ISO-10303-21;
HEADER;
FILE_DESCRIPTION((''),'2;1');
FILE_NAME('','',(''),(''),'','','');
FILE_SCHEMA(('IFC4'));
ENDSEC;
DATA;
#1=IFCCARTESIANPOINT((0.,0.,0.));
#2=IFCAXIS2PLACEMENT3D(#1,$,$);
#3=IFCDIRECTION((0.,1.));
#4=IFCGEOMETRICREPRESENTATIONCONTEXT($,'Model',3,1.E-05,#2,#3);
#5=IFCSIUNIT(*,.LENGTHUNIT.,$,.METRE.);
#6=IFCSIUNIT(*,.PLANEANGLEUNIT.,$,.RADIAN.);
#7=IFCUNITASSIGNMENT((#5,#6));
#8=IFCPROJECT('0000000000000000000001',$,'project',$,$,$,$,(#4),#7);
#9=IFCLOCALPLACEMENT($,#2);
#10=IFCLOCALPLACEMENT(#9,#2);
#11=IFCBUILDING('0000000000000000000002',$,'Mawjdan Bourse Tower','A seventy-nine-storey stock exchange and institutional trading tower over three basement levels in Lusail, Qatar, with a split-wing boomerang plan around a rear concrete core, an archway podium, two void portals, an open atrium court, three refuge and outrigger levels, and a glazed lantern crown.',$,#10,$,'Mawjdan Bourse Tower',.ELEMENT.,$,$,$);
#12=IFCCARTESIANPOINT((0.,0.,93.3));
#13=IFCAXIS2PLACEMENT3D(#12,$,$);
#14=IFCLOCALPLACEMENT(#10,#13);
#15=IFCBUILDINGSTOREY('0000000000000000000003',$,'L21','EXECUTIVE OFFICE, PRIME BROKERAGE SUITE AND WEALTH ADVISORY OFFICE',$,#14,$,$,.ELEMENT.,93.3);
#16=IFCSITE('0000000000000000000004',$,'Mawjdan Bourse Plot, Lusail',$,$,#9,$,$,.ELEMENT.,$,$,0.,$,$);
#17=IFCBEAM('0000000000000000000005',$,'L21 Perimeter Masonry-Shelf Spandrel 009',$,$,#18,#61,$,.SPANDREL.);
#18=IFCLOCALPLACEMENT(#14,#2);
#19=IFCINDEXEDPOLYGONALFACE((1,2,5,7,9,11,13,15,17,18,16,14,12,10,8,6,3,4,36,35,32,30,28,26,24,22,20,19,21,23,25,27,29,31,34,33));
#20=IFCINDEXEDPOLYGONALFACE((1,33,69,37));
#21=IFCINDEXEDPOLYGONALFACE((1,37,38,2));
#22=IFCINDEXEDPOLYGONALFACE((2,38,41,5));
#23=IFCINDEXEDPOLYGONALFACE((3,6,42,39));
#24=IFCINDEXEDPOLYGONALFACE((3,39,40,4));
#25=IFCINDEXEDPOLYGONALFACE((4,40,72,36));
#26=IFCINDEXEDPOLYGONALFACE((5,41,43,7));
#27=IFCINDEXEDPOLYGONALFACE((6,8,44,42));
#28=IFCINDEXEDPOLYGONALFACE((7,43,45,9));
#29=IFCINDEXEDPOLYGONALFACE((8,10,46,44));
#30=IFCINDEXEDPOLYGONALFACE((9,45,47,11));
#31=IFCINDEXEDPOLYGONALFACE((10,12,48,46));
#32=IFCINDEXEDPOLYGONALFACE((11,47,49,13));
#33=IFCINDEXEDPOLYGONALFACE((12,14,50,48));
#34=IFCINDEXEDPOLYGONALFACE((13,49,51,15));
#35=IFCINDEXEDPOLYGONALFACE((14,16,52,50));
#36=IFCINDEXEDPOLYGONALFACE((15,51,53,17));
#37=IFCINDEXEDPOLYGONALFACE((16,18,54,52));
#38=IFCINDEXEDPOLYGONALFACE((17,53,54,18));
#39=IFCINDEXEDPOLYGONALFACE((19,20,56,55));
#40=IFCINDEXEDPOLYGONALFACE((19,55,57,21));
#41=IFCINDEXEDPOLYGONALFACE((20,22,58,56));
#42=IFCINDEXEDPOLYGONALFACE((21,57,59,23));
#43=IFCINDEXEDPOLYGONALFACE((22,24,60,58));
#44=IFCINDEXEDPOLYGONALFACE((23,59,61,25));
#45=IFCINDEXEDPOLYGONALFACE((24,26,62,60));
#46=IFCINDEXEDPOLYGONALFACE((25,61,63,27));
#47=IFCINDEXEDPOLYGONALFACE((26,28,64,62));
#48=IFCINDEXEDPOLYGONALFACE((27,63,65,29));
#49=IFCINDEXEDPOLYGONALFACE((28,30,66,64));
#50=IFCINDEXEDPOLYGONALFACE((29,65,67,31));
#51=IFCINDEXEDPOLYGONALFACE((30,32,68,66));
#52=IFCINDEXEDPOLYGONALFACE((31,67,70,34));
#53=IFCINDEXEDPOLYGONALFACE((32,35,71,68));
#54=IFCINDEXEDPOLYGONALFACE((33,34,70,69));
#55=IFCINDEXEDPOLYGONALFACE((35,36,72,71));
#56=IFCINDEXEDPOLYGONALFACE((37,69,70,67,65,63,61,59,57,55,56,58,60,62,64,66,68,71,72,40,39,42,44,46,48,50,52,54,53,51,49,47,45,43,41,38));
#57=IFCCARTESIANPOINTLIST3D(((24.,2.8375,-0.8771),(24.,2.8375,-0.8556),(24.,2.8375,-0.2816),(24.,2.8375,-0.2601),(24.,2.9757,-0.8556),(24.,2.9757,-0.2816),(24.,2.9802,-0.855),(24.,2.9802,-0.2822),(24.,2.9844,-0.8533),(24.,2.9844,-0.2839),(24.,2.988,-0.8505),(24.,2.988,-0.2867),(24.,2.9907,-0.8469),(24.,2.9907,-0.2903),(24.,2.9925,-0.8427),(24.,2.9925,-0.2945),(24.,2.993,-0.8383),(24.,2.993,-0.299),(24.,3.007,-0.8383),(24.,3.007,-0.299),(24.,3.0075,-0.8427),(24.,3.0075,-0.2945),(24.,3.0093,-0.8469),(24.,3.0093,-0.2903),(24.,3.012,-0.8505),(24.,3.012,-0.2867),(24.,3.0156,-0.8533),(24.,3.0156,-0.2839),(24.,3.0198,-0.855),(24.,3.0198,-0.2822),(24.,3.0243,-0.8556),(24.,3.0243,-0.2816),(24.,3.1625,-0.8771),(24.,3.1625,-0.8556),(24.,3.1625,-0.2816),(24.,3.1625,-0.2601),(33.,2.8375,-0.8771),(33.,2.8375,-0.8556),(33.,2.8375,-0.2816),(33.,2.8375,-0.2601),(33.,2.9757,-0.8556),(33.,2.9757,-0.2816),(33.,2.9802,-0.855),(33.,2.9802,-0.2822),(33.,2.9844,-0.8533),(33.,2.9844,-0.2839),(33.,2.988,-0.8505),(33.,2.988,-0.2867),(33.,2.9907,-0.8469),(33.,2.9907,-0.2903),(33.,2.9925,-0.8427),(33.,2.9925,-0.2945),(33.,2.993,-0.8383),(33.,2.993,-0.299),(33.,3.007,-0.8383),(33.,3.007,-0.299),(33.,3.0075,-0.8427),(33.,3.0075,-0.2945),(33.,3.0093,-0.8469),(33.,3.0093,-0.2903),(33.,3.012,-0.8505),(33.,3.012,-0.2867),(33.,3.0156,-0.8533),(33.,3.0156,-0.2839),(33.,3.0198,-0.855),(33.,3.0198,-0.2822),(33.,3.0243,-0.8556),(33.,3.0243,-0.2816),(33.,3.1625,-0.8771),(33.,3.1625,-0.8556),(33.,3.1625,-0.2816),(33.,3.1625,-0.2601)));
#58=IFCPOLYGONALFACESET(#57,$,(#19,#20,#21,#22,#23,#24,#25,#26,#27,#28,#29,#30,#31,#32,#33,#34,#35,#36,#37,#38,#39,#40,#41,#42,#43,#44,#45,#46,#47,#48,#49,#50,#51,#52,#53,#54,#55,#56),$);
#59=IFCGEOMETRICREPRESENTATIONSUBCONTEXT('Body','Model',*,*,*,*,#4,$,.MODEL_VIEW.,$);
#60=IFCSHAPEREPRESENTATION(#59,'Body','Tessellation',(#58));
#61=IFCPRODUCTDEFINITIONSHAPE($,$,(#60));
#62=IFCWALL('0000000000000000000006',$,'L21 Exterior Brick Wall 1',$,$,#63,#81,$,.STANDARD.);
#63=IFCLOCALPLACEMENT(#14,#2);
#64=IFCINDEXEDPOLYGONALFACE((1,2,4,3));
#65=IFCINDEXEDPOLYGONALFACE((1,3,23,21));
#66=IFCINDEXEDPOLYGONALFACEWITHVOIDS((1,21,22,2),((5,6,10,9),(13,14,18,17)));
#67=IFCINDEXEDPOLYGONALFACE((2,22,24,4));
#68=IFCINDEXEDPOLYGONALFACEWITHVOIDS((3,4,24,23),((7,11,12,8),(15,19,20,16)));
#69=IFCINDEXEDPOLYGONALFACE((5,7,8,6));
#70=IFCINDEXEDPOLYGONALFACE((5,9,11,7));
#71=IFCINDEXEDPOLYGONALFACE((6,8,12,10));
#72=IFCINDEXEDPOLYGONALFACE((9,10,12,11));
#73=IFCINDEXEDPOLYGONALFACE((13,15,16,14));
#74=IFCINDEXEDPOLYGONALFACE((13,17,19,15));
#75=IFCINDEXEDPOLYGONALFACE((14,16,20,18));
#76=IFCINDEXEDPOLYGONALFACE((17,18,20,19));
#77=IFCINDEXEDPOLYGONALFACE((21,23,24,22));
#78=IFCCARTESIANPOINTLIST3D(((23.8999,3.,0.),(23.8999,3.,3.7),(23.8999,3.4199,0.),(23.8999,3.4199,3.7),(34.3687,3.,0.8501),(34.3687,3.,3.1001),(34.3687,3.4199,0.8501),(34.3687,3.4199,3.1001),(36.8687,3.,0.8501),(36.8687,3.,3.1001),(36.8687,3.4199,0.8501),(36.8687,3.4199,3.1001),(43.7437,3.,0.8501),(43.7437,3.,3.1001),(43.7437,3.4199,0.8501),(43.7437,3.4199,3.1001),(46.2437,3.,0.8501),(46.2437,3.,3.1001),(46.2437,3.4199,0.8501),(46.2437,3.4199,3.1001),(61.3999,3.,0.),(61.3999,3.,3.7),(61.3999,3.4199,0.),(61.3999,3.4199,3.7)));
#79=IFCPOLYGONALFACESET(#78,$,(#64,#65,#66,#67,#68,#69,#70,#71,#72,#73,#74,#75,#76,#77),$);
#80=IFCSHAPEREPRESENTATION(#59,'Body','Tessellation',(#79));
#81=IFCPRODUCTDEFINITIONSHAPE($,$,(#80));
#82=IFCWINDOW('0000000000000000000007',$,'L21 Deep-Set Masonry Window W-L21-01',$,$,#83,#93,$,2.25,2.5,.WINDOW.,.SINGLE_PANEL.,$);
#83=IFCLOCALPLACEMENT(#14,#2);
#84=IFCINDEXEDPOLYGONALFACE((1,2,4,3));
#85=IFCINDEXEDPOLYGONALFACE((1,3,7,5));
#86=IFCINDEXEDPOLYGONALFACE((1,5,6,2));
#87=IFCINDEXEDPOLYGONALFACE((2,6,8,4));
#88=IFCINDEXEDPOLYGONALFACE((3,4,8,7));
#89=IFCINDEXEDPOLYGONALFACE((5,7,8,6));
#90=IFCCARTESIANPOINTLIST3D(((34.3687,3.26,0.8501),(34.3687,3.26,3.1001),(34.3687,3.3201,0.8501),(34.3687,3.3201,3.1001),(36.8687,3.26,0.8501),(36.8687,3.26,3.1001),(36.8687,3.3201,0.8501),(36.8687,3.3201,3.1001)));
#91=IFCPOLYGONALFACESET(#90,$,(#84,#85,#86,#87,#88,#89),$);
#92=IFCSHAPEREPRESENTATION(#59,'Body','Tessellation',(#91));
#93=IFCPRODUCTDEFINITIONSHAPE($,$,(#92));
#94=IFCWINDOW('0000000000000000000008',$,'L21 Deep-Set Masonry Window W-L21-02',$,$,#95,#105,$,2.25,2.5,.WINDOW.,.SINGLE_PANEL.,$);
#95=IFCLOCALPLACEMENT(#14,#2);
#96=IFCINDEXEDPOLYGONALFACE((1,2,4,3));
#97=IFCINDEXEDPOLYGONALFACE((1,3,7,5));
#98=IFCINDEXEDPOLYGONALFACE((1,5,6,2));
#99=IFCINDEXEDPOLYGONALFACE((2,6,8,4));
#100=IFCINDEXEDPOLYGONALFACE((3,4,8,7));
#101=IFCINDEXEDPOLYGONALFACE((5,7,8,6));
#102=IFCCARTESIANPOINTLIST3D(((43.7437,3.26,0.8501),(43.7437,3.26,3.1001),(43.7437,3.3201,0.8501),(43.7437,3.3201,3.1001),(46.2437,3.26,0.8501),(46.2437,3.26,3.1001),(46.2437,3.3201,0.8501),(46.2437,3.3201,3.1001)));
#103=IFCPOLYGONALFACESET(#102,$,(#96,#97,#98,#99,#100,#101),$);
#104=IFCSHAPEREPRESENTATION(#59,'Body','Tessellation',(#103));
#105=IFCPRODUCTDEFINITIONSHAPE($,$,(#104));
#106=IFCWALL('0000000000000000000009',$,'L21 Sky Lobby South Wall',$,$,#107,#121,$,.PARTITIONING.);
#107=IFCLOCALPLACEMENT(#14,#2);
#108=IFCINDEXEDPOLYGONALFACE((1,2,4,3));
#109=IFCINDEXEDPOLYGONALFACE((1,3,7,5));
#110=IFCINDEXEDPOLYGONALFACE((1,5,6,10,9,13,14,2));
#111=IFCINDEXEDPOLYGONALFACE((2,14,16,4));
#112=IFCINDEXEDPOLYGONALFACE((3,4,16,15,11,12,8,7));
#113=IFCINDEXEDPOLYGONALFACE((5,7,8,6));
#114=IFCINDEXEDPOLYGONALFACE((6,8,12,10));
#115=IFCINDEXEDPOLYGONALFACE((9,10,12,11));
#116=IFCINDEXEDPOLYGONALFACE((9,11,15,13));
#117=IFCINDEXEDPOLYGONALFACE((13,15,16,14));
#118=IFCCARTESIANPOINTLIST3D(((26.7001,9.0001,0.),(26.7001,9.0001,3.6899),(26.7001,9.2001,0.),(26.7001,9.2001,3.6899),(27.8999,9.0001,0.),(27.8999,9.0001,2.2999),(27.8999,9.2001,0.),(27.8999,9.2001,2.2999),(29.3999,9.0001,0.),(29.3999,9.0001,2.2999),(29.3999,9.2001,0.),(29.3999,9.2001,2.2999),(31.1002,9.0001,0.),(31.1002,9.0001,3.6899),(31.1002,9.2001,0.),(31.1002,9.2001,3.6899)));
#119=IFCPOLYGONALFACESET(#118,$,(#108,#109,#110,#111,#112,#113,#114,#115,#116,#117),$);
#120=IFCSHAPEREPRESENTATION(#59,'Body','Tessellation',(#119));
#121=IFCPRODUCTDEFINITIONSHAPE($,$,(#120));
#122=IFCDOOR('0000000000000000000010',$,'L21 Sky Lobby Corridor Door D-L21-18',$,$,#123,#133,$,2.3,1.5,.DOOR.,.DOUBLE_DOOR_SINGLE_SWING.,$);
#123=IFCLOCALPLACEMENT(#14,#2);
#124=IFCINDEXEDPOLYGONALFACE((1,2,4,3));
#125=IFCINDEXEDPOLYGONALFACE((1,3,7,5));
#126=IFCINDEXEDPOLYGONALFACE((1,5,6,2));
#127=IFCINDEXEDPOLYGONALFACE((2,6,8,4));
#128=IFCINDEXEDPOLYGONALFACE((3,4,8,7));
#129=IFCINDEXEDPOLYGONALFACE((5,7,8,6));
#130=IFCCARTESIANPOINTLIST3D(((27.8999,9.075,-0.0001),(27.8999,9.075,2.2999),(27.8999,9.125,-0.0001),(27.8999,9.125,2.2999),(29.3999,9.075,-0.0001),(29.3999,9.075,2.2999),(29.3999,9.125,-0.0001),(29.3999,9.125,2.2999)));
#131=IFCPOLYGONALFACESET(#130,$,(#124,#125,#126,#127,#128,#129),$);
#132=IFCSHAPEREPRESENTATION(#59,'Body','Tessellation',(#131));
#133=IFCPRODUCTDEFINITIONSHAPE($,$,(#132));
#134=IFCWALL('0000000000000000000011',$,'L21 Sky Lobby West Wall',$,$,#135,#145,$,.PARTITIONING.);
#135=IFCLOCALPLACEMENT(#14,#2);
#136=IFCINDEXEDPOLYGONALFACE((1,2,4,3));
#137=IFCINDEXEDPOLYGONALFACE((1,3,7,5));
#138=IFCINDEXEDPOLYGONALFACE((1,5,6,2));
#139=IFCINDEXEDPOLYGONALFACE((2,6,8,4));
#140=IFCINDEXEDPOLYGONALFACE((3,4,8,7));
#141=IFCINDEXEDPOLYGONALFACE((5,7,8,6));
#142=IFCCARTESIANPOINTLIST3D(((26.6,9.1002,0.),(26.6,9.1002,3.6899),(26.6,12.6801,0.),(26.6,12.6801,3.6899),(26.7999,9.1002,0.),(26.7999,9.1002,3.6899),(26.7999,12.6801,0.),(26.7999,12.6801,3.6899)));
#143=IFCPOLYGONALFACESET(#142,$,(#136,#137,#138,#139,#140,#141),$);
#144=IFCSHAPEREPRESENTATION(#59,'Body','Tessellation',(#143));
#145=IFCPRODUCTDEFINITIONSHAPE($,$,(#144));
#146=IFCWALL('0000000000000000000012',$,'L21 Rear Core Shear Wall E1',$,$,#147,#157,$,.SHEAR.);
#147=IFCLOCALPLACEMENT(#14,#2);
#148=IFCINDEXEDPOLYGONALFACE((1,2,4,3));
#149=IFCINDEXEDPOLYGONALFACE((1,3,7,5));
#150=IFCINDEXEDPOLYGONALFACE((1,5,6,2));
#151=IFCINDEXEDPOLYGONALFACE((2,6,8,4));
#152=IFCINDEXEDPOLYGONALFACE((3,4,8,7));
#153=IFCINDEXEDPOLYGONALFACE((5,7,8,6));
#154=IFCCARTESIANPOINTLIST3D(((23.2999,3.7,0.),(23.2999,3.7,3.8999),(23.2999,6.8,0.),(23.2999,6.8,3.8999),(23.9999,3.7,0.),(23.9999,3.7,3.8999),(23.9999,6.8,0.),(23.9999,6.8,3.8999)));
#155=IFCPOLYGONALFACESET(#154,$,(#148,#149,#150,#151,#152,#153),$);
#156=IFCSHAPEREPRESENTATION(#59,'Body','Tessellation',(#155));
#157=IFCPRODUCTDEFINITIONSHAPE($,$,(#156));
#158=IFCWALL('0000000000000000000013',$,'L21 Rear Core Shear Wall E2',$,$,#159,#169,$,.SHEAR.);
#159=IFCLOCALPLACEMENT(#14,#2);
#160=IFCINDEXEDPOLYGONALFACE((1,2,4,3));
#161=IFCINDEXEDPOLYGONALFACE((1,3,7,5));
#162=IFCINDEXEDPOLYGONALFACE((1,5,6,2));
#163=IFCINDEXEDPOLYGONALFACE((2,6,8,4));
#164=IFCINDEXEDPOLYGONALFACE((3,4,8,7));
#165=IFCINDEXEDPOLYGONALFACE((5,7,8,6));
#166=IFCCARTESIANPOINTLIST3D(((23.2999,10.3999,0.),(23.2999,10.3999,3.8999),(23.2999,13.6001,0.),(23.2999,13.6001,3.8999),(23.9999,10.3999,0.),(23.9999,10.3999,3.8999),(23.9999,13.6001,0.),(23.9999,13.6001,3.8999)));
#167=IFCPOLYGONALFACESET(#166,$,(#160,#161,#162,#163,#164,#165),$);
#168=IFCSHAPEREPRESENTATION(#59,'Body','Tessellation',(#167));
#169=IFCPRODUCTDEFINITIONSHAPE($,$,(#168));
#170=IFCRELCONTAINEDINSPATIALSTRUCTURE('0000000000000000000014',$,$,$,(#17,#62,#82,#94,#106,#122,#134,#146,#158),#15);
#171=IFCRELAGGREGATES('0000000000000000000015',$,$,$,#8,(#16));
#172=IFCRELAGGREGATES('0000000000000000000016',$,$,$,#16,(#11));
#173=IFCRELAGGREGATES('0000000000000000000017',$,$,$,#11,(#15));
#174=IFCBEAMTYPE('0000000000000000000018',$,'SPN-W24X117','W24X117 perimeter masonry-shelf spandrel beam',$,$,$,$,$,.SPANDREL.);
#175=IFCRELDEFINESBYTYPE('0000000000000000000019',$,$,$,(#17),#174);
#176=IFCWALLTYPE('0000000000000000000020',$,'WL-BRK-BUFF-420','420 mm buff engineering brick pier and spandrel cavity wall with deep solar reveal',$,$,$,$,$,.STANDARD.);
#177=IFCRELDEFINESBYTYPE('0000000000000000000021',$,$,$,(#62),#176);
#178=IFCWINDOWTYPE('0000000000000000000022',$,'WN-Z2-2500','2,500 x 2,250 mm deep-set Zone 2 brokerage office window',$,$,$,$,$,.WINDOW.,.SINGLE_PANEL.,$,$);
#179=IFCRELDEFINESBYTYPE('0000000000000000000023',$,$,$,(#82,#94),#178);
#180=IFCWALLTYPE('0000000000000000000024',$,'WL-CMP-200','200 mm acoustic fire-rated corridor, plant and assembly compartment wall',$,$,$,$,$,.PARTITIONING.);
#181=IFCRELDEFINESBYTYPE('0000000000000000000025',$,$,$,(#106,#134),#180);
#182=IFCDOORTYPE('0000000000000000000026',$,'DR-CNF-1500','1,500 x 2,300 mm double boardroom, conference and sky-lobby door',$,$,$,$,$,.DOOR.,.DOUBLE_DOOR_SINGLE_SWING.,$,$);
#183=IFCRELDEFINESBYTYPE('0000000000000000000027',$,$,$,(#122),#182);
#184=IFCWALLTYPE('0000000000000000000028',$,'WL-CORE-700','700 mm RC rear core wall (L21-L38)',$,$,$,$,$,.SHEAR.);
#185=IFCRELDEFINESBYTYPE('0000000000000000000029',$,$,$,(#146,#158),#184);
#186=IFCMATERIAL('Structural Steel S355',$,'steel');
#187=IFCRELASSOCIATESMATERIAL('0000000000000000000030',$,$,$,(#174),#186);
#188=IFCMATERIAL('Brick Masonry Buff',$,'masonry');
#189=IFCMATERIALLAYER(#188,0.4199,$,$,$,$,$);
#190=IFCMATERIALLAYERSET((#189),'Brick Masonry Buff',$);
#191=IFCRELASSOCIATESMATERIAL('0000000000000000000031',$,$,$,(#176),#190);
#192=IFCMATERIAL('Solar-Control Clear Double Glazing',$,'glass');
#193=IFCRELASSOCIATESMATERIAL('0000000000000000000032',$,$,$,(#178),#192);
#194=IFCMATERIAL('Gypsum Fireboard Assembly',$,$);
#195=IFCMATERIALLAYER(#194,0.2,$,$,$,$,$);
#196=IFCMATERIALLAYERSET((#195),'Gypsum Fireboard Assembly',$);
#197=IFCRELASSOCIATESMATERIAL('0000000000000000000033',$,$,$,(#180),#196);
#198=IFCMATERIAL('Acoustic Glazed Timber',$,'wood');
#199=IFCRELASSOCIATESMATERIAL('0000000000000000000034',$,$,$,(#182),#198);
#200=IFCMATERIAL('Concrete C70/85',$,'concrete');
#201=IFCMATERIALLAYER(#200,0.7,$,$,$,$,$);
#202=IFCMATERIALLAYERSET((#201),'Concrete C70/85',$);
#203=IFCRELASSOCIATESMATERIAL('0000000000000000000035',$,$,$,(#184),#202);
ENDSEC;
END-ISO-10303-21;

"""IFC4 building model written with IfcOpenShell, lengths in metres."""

from ifc_helpers import new_model, si_unit, direction, frame, frame_2d, origin, origin_2d, place, context, subcontext, project, spatial, rectangle, i_section, extrude, material, layer, layer_set, material_profile, profile_set, type_object, element, fill, save


model = new_model("IFC4")

# Units and contexts
model_context = context("Model", 3, precision=1e-05, world=origin(), true_north=direction((0.0, 1.0)))
body_context = subcontext(model_context, "Body", "Model", "MODEL_VIEW")
ifc_project = project(units=[si_unit("LENGTHUNIT", "METRE"), si_unit("PLANEANGLEUNIT", "RADIAN")], contexts=[model_context])

# Site, building, storey
site_placement = place(None, origin())
site = spatial("IfcSite", under=ifc_project, at=site_placement, Name="Mawjdan Bourse Plot, Lusail", CompositionType="ELEMENT", RefElevation=0.0)
building_placement = place(site_placement, origin())
building = spatial("IfcBuilding", under=site, at=building_placement, Name="Mawjdan Bourse Tower", Description="A seventy-nine-storey stock exchange and institutional trading tower over three basement levels in Lusail, Qatar, with a split-wing boomerang plan around a rear concrete core, an archway podium, two void portals, an open atrium court, three refuge and outrigger levels, and a glazed lantern crown.", LongName="Mawjdan Bourse Tower", CompositionType="ELEMENT")
storey_placement = place(building_placement, frame((0.0, 0.0, 93.3)))
storey = spatial("IfcBuildingStorey", under=building, at=storey_placement, Name="L21", Description="EXECUTIVE OFFICE, PRIME BROKERAGE SUITE AND WEALTH ADVISORY OFFICE", CompositionType="ELEMENT", Elevation=93.3)

# Shared definitions
ifc_material_1 = material(Name="Concrete C70/85", Category="concrete")

# Beam
ifc_material_2 = material(Name="Structural Steel S355", Category="steel")
ifc_material_profile_1 = material_profile(ifc_material_2, i_section(OverallWidth=0.325, OverallDepth=0.6169, WebThickness=0.0139, FlangeThickness=0.0215, FilletRadius=0.0173, at=origin_2d()), Name="W24X117")
ifc_profile_set_1 = profile_set([ifc_material_profile_1], Name="Structural Steel S355")
beam_type_1 = type_object("IfcBeamType", Name="SPN-W24X117", Description="W24X117 perimeter masonry-shelf spandrel beam", PredefinedType="SPANDREL", material=ifc_profile_set_1)
beam_1_placement = place(storey_placement, frame((24.0, 3.0, -0.5686), z_axis=(1.0, 0.0, 0.0), x_axis=(0.0, 1.0, 0.0)))
element("IfcBeam", 1, at=beam_1_placement, inside=storey, type_object=beam_type_1, Name="L21 Perimeter Masonry-Shelf Spandrel 009", PredefinedType="SPANDREL", context=body_context, shape_type="SweptSolid", body=[
    extrude(i_section(OverallWidth=0.325, OverallDepth=0.6169, WebThickness=0.0139, FlangeThickness=0.0215, FilletRadius=0.0173, at=origin_2d()), origin(), (0.0, 0.0, 1.0), 9.0),
])

# Wall, openings, windows
ifc_material_3 = material(Name="Brick Masonry Buff", Category="masonry")
ifc_layer_1 = layer(ifc_material_3, 0.4199)
ifc_layer_set_1 = layer_set([ifc_layer_1], Name="Brick Masonry Buff")
wall_type_1 = type_object("IfcWallType", Name="WL-BRK-BUFF-420", Description="420 mm buff engineering brick pier and spandrel cavity wall with deep solar reveal", PredefinedType="STANDARD", material=ifc_layer_set_1)
wall_1_placement = place(storey_placement, frame((23.8999, 3.21, 0.0), z_axis=(0.0, 0.0, 1.0), x_axis=(1.0, 0.0, 0.0)))
wall_1 = element("IfcWall", 2, at=wall_1_placement, inside=storey, type_object=wall_type_1, Name="L21 Exterior Brick Wall 1", PredefinedType="STANDARD", context=body_context, shape_type="SweptSolid", body=[
    extrude(rectangle(XDim=37.5, YDim=0.4199, at=frame_2d((18.75, 0.0))), origin(), (0.0, 0.0, 1.0), 3.7),
])
opening_1_placement = place(wall_1_placement, frame((10.4688, 0.0, 0.8501)))
opening_1 = element("IfcOpeningElement", 3, at=opening_1_placement, cuts=wall_1, PredefinedType="OPENING", context=body_context, shape_type="SweptSolid", body=[
    extrude(rectangle(XDim=2.5, YDim=2.25, at=frame_2d((1.25, 1.125))), frame((0.0, 0.22, 0.0), z_axis=(0.0, -1.0, 0.0), x_axis=(1.0, 0.0, 0.0)), (0.0, 0.0, 1.0), 0.4399),
])
opening_2_placement = place(wall_1_placement, frame((19.8438, 0.0, 0.8501)))
opening_2 = element("IfcOpeningElement", 4, at=opening_2_placement, cuts=wall_1, PredefinedType="OPENING", context=body_context, shape_type="SweptSolid", body=[
    extrude(rectangle(XDim=2.5, YDim=2.25, at=frame_2d((1.25, 1.125))), frame((0.0, 0.22, 0.0), z_axis=(0.0, -1.0, 0.0), x_axis=(1.0, 0.0, 0.0)), (0.0, 0.0, 1.0), 0.4399),
])
ifc_material_4 = material(Name="Solar-Control Clear Double Glazing", Category="glass")
window_type = type_object("IfcWindowType", Name="WN-Z2-2500", Description="2,500 x 2,250 mm deep-set Zone 2 brokerage office window", PartitioningType="SINGLE_PANEL", PredefinedType="WINDOW", material=ifc_material_4)
window_1_placement = place(opening_1_placement, origin())
window_1 = element("IfcWindow", 5, at=window_1_placement, inside=storey, type_object=window_type, Name="L21 Deep-Set Masonry Window W-L21-01", OverallHeight=2.25, OverallWidth=2.5, PartitioningType="SINGLE_PANEL", PredefinedType="WINDOW", context=body_context, shape_type="SweptSolid", body=[
    extrude(rectangle(XDim=2.5, YDim=2.25, at=frame_2d((1.25, 1.125))), frame((0.0, 0.1101, 0.0), z_axis=(0.0, -1.0, 0.0), x_axis=(1.0, 0.0, 0.0)), (0.0, 0.0, 1.0), 0.0601),
])
fill(opening_1, window_1)
window_2_placement = place(opening_2_placement, origin())
window_2 = element("IfcWindow", 6, at=window_2_placement, inside=storey, type_object=window_type, Name="L21 Deep-Set Masonry Window W-L21-02", OverallHeight=2.25, OverallWidth=2.5, PartitioningType="SINGLE_PANEL", PredefinedType="WINDOW", context=body_context, shape_type="SweptSolid", body=[
    extrude(rectangle(XDim=2.5, YDim=2.25, at=frame_2d((1.25, 1.125))), frame((0.0, 0.1101, 0.0), z_axis=(0.0, -1.0, 0.0), x_axis=(1.0, 0.0, 0.0)), (0.0, 0.0, 1.0), 0.0601),
])
fill(opening_2, window_2)

# Wall, opening, door
ifc_material_5 = material(Name="Gypsum Fireboard Assembly")
ifc_layer_2 = layer(ifc_material_5, 0.2)
ifc_layer_set_2 = layer_set([ifc_layer_2], Name="Gypsum Fireboard Assembly")
wall_type_2 = type_object("IfcWallType", Name="WL-CMP-200", Description="200 mm acoustic fire-rated corridor, plant and assembly compartment wall", PredefinedType="PARTITIONING", material=ifc_layer_set_2)
wall_2_placement = place(storey_placement, frame((26.7, 9.1001, 0.0), z_axis=(0.0, 0.0, 1.0), x_axis=(1.0, 0.0, 0.0)))
wall_2 = element("IfcWall", 7, at=wall_2_placement, inside=storey, type_object=wall_type_2, Name="L21 Sky Lobby South Wall", PredefinedType="PARTITIONING", context=body_context, shape_type="SweptSolid", body=[
    extrude(rectangle(XDim=4.4001, YDim=0.2, at=frame_2d((2.2002, 0.0))), origin(), (0.0, 0.0, 1.0), 3.6899),
])
opening_3_placement = place(wall_2_placement, frame((1.2, 0.0, 0.0)))
opening_3 = element("IfcOpeningElement", 8, at=opening_3_placement, cuts=wall_2, PredefinedType="OPENING", context=body_context, shape_type="SweptSolid", body=[
    extrude(rectangle(XDim=1.5, YDim=2.3, at=frame_2d((0.75, 1.1499))), frame((0.0, 0.1099, 0.0), z_axis=(0.0, -1.0, 0.0), x_axis=(1.0, 0.0, 0.0)), (0.0, 0.0, 1.0), 0.22),
])
ifc_material_6 = material(Name="Acoustic Glazed Timber", Category="wood")
door_type_1 = type_object("IfcDoorType", Name="DR-CNF-1500", Description="1,500 x 2,300 mm double boardroom, conference and sky-lobby door", OperationType="DOUBLE_DOOR_SINGLE_SWING", PredefinedType="DOOR", material=ifc_material_6)
door_1_placement = place(opening_3_placement, origin())
door_1 = element("IfcDoor", 9, at=door_1_placement, inside=storey, type_object=door_type_1, Name="L21 Sky Lobby Corridor Door D-L21-18", OperationType="DOUBLE_DOOR_SINGLE_SWING", OverallHeight=2.3, OverallWidth=1.5, PredefinedType="DOOR", context=body_context, shape_type="SweptSolid", body=[
    extrude(rectangle(XDim=1.5, YDim=2.3, at=frame_2d((0.75, 1.1499))), frame((0.0, 0.0249, 0.0), z_axis=(0.0, -1.0, 0.0), x_axis=(1.0, 0.0, 0.0)), (0.0, 0.0, 1.0), 0.05),
])
fill(opening_3, door_1)

# Walls
wall_3_placement = place(storey_placement, frame((26.7, 9.1001, 0.0), z_axis=(0.0, 0.0, 1.0), x_axis=(0.0, 1.0, 0.0)))
element("IfcWall", 10, at=wall_3_placement, inside=storey, type_object=wall_type_2, Name="L21 Sky Lobby West Wall", PredefinedType="PARTITIONING", context=body_context, shape_type="SweptSolid", body=[
    extrude(rectangle(XDim=3.5798, YDim=0.2, at=frame_2d((1.79, 0.0))), origin(), (0.0, 0.0, 1.0), 3.6899),
])
ifc_layer_3 = layer(ifc_material_1, 0.7)
ifc_layer_set_3 = layer_set([ifc_layer_3], Name="Concrete C70/85")
wall_type_3 = type_object("IfcWallType", Name="WL-CORE-700", Description="700 mm RC rear core wall (L21-L38)", PredefinedType="SHEAR", material=ifc_layer_set_3)
wall_4_placement = place(storey_placement, frame((23.6499, 3.7, 0.0), z_axis=(0.0, 0.0, 1.0), x_axis=(0.0, 1.0, 0.0)))
element("IfcWall", 11, at=wall_4_placement, inside=storey, type_object=wall_type_3, Name="L21 Rear Core Shear Wall E1", PredefinedType="SHEAR", context=body_context, shape_type="SweptSolid", body=[
    extrude(rectangle(XDim=3.1001, YDim=0.7, at=frame_2d((1.55, 0.0))), origin(), (0.0, 0.0, 1.0), 3.8999),
])
wall_5_placement = place(storey_placement, frame((23.6499, 10.3999, 0.0), z_axis=(0.0, 0.0, 1.0), x_axis=(0.0, 1.0, 0.0)))
element("IfcWall", 12, at=wall_5_placement, inside=storey, type_object=wall_type_3, Name="L21 Rear Core Shear Wall E2", PredefinedType="SHEAR", context=body_context, shape_type="SweptSolid", body=[
    extrude(rectangle(XDim=3.2002, YDim=0.7, at=frame_2d((1.6001, 0.0))), origin(), (0.0, 0.0, 1.0), 3.8999),
])

save(model, "model.ifc")
